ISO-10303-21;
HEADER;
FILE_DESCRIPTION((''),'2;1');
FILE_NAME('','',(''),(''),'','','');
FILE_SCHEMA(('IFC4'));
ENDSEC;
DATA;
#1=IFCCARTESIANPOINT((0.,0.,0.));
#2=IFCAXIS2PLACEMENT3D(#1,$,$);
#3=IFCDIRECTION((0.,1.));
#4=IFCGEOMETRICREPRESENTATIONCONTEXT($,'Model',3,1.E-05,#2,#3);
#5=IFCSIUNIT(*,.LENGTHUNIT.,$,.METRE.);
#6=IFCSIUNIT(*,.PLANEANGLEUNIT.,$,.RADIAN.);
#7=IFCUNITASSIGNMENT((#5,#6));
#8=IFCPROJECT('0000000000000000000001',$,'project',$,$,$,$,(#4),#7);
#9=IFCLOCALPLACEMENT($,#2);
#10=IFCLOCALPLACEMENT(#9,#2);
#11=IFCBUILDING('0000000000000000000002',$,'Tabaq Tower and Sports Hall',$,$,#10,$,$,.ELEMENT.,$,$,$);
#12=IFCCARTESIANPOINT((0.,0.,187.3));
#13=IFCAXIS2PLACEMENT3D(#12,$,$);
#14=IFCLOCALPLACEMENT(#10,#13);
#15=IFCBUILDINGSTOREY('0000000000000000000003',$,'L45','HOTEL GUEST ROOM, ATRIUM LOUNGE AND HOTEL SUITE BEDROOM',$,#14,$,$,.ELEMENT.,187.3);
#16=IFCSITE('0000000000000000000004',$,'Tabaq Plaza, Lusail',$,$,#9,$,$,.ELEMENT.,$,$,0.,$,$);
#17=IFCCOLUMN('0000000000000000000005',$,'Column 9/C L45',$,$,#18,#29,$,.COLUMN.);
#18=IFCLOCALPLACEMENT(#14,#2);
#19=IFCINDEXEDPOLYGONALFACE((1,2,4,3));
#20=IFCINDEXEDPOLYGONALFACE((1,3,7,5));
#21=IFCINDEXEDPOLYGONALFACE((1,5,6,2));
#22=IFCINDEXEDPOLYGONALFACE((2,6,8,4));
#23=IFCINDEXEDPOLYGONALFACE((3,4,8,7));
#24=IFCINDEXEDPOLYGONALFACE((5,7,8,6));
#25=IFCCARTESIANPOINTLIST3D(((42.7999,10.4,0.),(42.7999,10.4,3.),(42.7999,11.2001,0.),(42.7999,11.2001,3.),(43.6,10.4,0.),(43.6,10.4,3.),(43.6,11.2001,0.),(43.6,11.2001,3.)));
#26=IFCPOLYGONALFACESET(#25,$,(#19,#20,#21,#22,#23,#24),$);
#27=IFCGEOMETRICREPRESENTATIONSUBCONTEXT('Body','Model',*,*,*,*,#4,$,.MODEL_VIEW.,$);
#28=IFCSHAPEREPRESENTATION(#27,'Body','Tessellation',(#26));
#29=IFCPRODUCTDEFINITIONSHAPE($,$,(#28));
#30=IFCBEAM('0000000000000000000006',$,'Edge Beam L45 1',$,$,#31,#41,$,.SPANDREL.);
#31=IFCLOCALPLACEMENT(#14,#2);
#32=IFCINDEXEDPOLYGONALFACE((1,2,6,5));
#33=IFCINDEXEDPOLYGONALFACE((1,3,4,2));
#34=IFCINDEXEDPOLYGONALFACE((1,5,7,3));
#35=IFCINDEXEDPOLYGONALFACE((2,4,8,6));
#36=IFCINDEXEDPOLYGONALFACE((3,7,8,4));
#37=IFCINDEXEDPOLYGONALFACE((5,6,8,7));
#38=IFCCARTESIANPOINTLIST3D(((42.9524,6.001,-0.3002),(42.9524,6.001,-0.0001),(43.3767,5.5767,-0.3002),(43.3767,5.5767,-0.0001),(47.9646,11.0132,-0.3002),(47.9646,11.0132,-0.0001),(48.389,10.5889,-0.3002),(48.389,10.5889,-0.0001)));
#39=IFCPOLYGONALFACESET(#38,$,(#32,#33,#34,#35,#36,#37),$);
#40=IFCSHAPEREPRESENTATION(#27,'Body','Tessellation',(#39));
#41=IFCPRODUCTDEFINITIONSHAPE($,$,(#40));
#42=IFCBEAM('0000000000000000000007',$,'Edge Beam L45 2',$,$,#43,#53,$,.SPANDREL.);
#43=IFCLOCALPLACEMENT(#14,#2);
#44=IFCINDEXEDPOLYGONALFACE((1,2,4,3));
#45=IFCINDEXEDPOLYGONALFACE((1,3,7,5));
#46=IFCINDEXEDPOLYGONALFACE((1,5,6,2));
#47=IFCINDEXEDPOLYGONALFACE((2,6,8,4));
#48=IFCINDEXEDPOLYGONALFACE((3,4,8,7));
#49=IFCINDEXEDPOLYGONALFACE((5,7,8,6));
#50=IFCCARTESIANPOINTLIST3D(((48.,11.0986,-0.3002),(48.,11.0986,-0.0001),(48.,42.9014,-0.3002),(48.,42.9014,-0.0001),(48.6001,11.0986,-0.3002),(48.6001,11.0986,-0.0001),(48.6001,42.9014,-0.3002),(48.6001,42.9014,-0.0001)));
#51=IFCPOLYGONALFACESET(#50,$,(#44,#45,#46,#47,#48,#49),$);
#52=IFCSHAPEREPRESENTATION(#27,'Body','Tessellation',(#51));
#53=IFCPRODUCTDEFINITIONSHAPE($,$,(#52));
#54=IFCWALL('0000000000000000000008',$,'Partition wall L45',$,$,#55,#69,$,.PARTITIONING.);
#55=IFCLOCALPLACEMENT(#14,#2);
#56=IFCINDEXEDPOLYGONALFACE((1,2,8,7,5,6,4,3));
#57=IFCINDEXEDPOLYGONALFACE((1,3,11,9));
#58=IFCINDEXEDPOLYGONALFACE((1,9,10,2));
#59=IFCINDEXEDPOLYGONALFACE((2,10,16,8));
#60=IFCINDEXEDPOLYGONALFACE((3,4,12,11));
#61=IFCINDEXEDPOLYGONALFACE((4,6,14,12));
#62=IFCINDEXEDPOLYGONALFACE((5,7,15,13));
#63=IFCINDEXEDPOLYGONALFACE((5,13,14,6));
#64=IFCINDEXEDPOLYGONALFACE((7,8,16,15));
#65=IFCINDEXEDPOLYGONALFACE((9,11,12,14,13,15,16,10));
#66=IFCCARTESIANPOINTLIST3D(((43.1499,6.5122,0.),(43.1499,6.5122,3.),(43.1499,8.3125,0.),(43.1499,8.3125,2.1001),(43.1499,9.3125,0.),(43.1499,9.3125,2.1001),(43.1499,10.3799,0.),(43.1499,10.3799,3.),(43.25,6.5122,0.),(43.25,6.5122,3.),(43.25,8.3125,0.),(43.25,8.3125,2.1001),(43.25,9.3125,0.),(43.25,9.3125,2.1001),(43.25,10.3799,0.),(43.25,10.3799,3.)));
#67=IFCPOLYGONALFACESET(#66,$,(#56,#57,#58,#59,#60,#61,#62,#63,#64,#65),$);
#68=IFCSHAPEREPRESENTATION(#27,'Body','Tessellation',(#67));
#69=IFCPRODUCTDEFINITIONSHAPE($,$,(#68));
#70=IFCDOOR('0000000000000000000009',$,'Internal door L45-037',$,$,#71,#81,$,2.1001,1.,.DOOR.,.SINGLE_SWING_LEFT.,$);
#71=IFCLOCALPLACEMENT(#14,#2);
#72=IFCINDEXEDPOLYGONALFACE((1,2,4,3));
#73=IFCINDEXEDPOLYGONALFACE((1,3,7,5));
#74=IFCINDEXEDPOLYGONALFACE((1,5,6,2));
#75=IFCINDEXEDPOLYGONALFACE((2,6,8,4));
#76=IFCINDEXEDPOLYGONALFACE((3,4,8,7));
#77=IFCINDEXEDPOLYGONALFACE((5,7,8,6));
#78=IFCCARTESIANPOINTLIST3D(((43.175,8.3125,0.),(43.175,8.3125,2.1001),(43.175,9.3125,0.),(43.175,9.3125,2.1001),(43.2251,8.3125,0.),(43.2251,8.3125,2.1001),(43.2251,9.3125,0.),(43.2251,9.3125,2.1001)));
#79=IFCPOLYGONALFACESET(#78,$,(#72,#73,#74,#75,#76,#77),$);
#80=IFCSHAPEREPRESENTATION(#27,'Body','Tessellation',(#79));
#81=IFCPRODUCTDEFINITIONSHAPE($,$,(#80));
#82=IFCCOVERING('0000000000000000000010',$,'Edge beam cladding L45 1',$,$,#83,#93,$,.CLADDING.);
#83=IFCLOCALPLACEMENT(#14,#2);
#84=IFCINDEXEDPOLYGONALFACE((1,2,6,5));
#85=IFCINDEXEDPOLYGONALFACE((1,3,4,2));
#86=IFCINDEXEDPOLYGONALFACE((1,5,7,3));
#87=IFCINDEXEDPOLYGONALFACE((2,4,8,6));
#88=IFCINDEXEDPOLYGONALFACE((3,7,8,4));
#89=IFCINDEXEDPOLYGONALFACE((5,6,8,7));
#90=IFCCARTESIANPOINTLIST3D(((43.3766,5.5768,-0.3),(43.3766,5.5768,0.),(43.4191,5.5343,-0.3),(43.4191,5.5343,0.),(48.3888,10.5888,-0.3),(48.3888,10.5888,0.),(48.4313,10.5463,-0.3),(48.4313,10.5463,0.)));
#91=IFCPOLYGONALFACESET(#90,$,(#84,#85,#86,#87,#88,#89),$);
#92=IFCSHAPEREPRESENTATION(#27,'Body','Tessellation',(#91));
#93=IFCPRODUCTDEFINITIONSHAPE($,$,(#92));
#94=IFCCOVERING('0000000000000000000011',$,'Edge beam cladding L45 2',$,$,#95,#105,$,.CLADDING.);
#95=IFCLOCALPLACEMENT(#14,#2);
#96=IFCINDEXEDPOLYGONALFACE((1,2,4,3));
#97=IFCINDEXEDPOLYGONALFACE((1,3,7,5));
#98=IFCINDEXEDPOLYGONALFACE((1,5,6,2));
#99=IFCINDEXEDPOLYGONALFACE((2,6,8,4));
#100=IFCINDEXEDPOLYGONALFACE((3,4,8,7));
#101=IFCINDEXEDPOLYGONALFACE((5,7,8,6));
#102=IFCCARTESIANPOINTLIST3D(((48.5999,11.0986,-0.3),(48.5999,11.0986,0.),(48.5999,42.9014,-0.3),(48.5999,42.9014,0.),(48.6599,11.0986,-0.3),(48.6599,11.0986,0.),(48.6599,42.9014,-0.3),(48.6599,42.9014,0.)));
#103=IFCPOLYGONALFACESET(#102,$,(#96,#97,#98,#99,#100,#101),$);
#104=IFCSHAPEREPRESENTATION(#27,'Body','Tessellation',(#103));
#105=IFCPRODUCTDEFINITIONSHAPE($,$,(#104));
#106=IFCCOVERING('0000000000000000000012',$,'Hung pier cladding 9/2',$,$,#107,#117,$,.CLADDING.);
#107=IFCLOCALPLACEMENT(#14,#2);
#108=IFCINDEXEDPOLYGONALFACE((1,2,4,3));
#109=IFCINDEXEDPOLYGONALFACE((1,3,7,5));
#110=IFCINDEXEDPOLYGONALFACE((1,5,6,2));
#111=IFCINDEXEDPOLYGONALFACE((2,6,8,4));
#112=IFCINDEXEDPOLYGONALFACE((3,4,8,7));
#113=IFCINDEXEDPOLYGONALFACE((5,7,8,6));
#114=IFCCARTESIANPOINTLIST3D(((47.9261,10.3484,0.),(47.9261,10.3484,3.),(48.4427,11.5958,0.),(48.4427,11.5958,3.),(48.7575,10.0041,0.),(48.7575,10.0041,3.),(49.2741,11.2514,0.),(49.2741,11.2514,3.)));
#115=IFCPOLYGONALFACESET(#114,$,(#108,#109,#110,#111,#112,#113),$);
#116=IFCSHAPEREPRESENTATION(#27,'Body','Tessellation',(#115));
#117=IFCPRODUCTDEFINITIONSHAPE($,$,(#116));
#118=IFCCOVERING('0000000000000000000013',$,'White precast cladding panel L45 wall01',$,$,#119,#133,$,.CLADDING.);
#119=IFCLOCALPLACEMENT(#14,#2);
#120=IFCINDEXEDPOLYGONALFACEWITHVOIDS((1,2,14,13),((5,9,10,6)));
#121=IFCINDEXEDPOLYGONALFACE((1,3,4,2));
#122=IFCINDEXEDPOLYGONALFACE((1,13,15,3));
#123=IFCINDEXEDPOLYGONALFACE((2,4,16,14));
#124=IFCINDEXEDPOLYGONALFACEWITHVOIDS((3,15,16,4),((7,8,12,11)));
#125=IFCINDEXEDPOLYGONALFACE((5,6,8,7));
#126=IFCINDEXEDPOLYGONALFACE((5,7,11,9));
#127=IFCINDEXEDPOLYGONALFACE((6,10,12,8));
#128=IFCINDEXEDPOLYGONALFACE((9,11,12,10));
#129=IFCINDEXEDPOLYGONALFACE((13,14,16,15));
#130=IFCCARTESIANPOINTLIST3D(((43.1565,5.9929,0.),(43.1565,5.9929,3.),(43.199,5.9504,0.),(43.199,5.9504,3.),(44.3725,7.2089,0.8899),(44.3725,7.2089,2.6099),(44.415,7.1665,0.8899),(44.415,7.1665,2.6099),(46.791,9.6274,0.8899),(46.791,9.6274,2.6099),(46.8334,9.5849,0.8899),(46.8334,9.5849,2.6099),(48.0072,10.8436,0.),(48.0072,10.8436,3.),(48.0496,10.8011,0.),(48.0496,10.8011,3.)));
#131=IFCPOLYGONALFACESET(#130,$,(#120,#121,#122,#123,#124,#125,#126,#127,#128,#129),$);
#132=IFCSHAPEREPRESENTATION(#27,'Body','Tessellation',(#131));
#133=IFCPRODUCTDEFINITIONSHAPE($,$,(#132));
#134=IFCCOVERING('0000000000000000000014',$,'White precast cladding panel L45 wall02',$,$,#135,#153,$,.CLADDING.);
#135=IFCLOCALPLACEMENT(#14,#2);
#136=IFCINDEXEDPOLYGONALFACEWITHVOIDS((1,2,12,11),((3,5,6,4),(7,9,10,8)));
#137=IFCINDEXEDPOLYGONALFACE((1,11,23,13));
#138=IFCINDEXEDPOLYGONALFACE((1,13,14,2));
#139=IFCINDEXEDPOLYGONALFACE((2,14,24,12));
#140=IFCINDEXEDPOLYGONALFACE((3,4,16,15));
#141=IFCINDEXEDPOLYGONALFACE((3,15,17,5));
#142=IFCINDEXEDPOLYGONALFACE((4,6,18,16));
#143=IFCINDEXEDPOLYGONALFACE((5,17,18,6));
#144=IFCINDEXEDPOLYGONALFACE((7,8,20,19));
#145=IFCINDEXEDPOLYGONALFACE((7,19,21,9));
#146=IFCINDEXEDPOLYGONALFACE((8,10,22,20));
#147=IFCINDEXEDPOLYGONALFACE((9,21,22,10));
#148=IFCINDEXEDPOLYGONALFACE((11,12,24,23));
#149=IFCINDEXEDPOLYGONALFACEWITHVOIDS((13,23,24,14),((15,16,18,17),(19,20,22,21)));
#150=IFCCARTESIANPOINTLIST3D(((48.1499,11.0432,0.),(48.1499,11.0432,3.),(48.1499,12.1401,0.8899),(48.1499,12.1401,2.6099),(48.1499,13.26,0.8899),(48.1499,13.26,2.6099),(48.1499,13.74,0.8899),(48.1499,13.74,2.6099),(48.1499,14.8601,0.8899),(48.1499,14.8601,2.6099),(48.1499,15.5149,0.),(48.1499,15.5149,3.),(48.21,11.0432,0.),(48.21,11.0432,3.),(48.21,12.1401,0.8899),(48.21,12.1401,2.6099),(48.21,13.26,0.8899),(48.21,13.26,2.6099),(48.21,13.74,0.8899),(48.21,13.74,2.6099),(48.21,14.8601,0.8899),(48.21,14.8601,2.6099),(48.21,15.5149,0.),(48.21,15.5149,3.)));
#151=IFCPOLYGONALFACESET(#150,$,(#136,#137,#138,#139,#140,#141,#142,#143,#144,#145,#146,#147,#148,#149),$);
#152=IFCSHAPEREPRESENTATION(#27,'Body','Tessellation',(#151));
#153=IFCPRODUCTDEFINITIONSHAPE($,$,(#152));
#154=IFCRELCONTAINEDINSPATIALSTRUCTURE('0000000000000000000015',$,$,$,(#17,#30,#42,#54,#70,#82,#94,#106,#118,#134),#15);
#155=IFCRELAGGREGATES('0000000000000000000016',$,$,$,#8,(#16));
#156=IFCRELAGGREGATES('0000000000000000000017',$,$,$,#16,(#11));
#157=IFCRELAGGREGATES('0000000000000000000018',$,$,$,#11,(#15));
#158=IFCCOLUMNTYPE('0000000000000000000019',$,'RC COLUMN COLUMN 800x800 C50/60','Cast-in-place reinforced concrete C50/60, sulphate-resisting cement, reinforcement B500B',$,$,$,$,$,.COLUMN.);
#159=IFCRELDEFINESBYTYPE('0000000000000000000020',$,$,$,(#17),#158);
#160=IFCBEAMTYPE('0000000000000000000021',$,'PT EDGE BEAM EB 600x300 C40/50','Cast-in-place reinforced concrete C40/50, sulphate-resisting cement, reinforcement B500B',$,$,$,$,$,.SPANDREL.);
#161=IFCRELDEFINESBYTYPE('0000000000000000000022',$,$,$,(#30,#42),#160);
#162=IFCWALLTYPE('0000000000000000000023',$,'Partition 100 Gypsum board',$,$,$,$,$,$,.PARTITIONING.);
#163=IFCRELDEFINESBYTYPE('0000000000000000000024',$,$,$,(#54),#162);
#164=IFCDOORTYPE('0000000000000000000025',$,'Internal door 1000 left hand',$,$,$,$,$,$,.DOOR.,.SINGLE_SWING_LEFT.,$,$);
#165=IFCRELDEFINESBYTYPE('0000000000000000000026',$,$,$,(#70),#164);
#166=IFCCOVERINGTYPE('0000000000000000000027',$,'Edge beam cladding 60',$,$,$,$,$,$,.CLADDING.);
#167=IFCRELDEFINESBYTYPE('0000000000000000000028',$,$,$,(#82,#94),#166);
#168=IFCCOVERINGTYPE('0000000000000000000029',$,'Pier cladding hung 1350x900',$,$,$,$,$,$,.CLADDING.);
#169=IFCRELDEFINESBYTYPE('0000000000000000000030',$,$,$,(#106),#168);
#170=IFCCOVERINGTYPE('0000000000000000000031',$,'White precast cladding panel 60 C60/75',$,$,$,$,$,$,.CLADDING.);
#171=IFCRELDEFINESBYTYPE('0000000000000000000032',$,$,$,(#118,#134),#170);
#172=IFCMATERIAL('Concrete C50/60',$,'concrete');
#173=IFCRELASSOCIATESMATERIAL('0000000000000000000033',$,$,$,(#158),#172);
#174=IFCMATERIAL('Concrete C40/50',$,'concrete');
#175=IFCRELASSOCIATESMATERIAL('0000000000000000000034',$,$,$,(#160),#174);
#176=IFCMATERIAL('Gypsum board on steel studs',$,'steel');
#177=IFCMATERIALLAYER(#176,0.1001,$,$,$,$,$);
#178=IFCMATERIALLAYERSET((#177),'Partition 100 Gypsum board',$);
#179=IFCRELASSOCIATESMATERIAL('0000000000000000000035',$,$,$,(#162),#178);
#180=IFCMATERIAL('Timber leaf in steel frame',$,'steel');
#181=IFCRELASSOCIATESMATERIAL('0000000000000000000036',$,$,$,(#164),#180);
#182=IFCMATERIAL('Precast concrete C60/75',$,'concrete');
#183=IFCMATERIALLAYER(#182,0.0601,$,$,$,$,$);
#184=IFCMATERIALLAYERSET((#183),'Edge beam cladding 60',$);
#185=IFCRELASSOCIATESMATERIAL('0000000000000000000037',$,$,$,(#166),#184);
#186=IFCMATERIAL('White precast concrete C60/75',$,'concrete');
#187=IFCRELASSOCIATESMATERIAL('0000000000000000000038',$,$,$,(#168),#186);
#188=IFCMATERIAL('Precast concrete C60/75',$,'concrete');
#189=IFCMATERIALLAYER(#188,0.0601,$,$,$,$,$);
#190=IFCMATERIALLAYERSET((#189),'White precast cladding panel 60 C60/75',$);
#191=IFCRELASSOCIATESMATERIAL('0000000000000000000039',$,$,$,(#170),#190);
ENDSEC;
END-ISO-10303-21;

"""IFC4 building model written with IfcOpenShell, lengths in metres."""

from ifc_helpers import new_model, si_unit, direction, frame, frame_2d, origin, origin_2d, place, context, subcontext, project, spatial, polyline, rectangle, outline, extrude, material, layer, layer_set, material_profile, profile_set, type_object, element, fill, save


model = new_model("IFC4")

# Units and contexts
model_context = context("Model", 3, precision=1e-05, world=origin(), true_north=direction((0.0, 1.0)))
body_context = subcontext(model_context, "Body", "Model", "MODEL_VIEW")
ifc_project = project(units=[si_unit("LENGTHUNIT", "METRE"), si_unit("PLANEANGLEUNIT", "RADIAN")], contexts=[model_context])

# Site, building, storey
site_placement = place(None, origin())
site = spatial("IfcSite", under=ifc_project, at=site_placement, Name="Tabaq Plaza, Lusail", CompositionType="ELEMENT", RefElevation=0.0)
building_placement = place(site_placement, origin())
building = spatial("IfcBuilding", under=site, at=building_placement, Name="Tabaq Tower and Sports Hall", CompositionType="ELEMENT")
storey_placement = place(building_placement, frame((0.0, 0.0, 187.3)))
storey = spatial("IfcBuildingStorey", under=building, at=storey_placement, Name="L45", Description="HOTEL GUEST ROOM, ATRIUM LOUNGE AND HOTEL SUITE BEDROOM", CompositionType="ELEMENT", Elevation=187.3)

# Column
ifc_material_1 = material(Name="Concrete C50/60", Category="concrete")
ifc_material_profile_1 = material_profile(ifc_material_1, rectangle(XDim=0.8, YDim=0.8, at=origin_2d()), Name="COLUMN 800x800")
ifc_profile_set_1 = profile_set([ifc_material_profile_1], Name="Concrete C50/60")
column_type = type_object("IfcColumnType", Name="RC COLUMN COLUMN 800x800 C50/60", Description="Cast-in-place reinforced concrete C50/60, sulphate-resisting cement, reinforcement B500B", PredefinedType="COLUMN", material=ifc_profile_set_1)
column_placement = place(storey_placement, frame((43.2, 10.8, 0.0), z_axis=(0.0, 0.0, 1.0), x_axis=(1.0, 0.0, 0.0)))
element("IfcColumn", 1, at=column_placement, inside=storey, type_object=column_type, Name="Column 9/C L45", PredefinedType="COLUMN", context=body_context, shape_type="SweptSolid", body=[
    extrude(rectangle(XDim=0.8, YDim=0.8, at=origin_2d()), origin(), (0.0, 0.0, 1.0), 3.0),
])

# Beams
ifc_material_2 = material(Name="Concrete C40/50", Category="concrete")
ifc_material_profile_2 = material_profile(ifc_material_2, rectangle(XDim=0.6001, YDim=0.3, at=origin_2d()), Name="EB 600x300")
ifc_profile_set_2 = profile_set([ifc_material_profile_2], Name="Concrete C40/50")
beam_type = type_object("IfcBeamType", Name="PT EDGE BEAM EB 600x300 C40/50", Description="Cast-in-place reinforced concrete C40/50, sulphate-resisting cement, reinforcement B500B", PredefinedType="SPANDREL", material=ifc_profile_set_2)
beam_1_placement = place(storey_placement, frame((43.1646, 5.7888, -0.1501), z_axis=(0.707107, 0.707107, 0.0), x_axis=(-0.707107, 0.707107, 0.0)))
element("IfcBeam", 2, at=beam_1_placement, inside=storey, type_object=beam_type, Name="Edge Beam L45 1", PredefinedType="SPANDREL", context=body_context, shape_type="SweptSolid", body=[
    extrude(rectangle(XDim=0.6001, YDim=0.3, at=origin_2d()), origin(), (0.0, 0.0, 1.0), 7.0884),
])
beam_2_placement = place(storey_placement, frame((48.3, 11.0986, -0.1501), z_axis=(0.0, 1.0, 0.0), x_axis=(-1.0, 0.0, 0.0)))
element("IfcBeam", 3, at=beam_2_placement, inside=storey, type_object=beam_type, Name="Edge Beam L45 2", PredefinedType="SPANDREL", context=body_context, shape_type="SweptSolid", body=[
    extrude(rectangle(XDim=0.6001, YDim=0.3, at=origin_2d()), origin(), (0.0, 0.0, 1.0), 31.8027),
])

# Wall, opening, door
ifc_material_3 = material(Name="Gypsum board on steel studs", Category="steel")
ifc_layer_1 = layer(ifc_material_3, 0.1001)
ifc_layer_set_1 = layer_set([ifc_layer_1], Name="Partition 100 Gypsum board")
wall_type_1 = type_object("IfcWallType", Name="Partition 100 Gypsum board", PredefinedType="PARTITIONING", material=ifc_layer_set_1)
wall_1_placement = place(storey_placement, frame((43.2, 6.5122, 0.0), z_axis=(0.0, 0.0, 1.0), x_axis=(0.0, 1.0, 0.0)))
wall_1 = element("IfcWall", 4, at=wall_1_placement, inside=storey, type_object=wall_type_1, Name="Partition wall L45", PredefinedType="PARTITIONING", context=body_context, shape_type="SweptSolid", body=[
    extrude(rectangle(XDim=3.8677, YDim=0.1001, at=frame_2d((1.9338, 0.0))), origin(), (0.0, 0.0, 1.0), 3.0),
])
opening_1_placement = place(wall_1_placement, frame((1.8003, 0.0, 0.0)))
opening_1 = element("IfcOpeningElement", 5, at=opening_1_placement, cuts=wall_1, PredefinedType="OPENING", context=body_context, shape_type="SweptSolid", body=[
    extrude(rectangle(XDim=1.0, YDim=2.1001, at=frame_2d((0.5, 1.05))), frame((0.0, 0.05, 0.0), z_axis=(0.0, -1.0, 0.0), x_axis=(1.0, 0.0, 0.0)), (0.0, 0.0, 1.0), 0.1001),
])
ifc_material_4 = material(Name="Timber leaf in steel frame", Category="steel")
door_type = type_object("IfcDoorType", Name="Internal door 1000 left hand", OperationType="SINGLE_SWING_LEFT", PredefinedType="DOOR", material=ifc_material_4)
door_placement = place(opening_1_placement, origin())
door = element("IfcDoor", 6, at=door_placement, inside=storey, type_object=door_type, Name="Internal door L45-037", OperationType="SINGLE_SWING_LEFT", OverallHeight=2.1001, OverallWidth=1.0, PredefinedType="DOOR", context=body_context, shape_type="SweptSolid", body=[
    extrude(rectangle(XDim=1.0, YDim=2.1001, at=frame_2d((0.5, 1.05))), frame((0.0, 0.0249, 0.0), z_axis=(0.0, -1.0, 0.0), x_axis=(1.0, 0.0, 0.0)), (0.0, 0.0, 1.0), 0.05),
])
fill(opening_1, door)

# Coverings
ifc_material_5 = material(Name="Precast concrete C60/75", Category="concrete")
ifc_layer_2 = layer(ifc_material_5, 0.0601)
ifc_layer_set_2 = layer_set([ifc_layer_2], Name="Edge beam cladding 60")
covering_type_1 = type_object("IfcCoveringType", Name="Edge beam cladding 60", PredefinedType="CLADDING", material=ifc_layer_set_2)
covering_1_placement = place(storey_placement, frame((43.3979, 5.5557, -0.3), z_axis=(0.0, 0.0, 1.0), x_axis=(0.707124, 0.70709, 0.0)))
element("IfcCovering", 7, at=covering_1_placement, inside=storey, type_object=covering_type_1, Name="Edge beam cladding L45 1", PredefinedType="CLADDING", context=body_context, shape_type="SweptSolid", body=[
    extrude(rectangle(XDim=7.0881, YDim=0.0601, at=frame_2d((3.5439, 0.0))), origin(), (0.0, 0.0, 1.0), 0.3),
])
covering_2_placement = place(storey_placement, frame((48.6299, 11.0986, -0.3), z_axis=(0.0, 0.0, 1.0), x_axis=(0.0, 1.0, 0.0)))
element("IfcCovering", 8, at=covering_2_placement, inside=storey, type_object=covering_type_1, Name="Edge beam cladding L45 2", PredefinedType="CLADDING", context=body_context, shape_type="SweptSolid", body=[
    extrude(rectangle(XDim=31.8027, YDim=0.0601, at=frame_2d((15.9014, 0.0))), origin(), (0.0, 0.0, 1.0), 0.3),
])
ifc_material_6 = material(Name="White precast concrete C60/75", Category="concrete")
covering_type_2 = type_object("IfcCoveringType", Name="Pier cladding hung 1350x900", PredefinedType="CLADDING", material=ifc_material_6)
covering_3_placement = place(storey_placement, frame((48.3418, 10.1763, 0.0), z_axis=(0.0, 0.0, 1.0), x_axis=(0.38265, 0.923893, 0.0)))
element("IfcCovering", 9, at=covering_3_placement, inside=storey, type_object=covering_type_2, Name="Hung pier cladding 9/2", PredefinedType="CLADDING", context=body_context, shape_type="SweptSolid", body=[
    extrude(rectangle(XDim=1.3501, YDim=0.8999, at=frame_2d((0.675, 0.0))), origin(), (0.0, 0.0, 1.0), 3.0),
])
ifc_material_7 = material(Name="Precast concrete C60/75", Category="concrete")
ifc_layer_3 = layer(ifc_material_7, 0.0601)
ifc_layer_set_3 = layer_set([ifc_layer_3], Name="White precast cladding panel 60 C60/75")
covering_type_3 = type_object("IfcCoveringType", Name="White precast cladding panel 60 C60/75", PredefinedType="CLADDING", material=ifc_layer_set_3)
covering_4_placement = place(storey_placement, frame((43.1777, 5.9717, 0.0), z_axis=(0.0, 0.0, 1.0), x_axis=(0.707107, 0.707107, 0.0)))
element("IfcCovering", 10, at=covering_4_placement, inside=storey, type_object=covering_type_3, Name="White precast cladding panel L45 wall01", PredefinedType="CLADDING", context=body_context, shape_type="SweptSolid", body=[
    extrude(outline(polyline([(0.0, 0.0), (6.8599, 0.0), (6.8599, 3.0), (0.0, 3.0), (0.0, 0.0)]), holes=[polyline([(1.7197, 0.8899), (1.7197, 2.6099), (5.1399, 2.6099), (5.1399, 0.8899), (1.7197, 0.8899)])]), frame((0.0, 0.03, 0.0), z_axis=(0.0, -1.0, 0.0), x_axis=(1.0, 0.0, 0.0)), (0.0, 0.0, 1.0), 0.0601),
])
covering_5_placement = place(storey_placement, frame((48.1799, 11.0432, 0.0), z_axis=(0.0, 0.0, 1.0), x_axis=(0.0, 1.0, 0.0)))
element("IfcCovering", 11, at=covering_5_placement, inside=storey, type_object=covering_type_3, Name="White precast cladding panel L45 wall02", PredefinedType="CLADDING", context=body_context, shape_type="SweptSolid", body=[
    extrude(outline(polyline([(0.0, 0.0), (4.4717, 0.0), (4.4717, 3.0), (0.0, 3.0), (0.0, 0.0)]), holes=[polyline([(1.0969, 2.6099), (2.2168, 2.6099), (2.2168, 0.8899), (1.0969, 0.8899), (1.0969, 2.6099)]), polyline([(2.6968, 2.6099), (3.8169, 2.6099), (3.8169, 0.8899), (2.6968, 0.8899), (2.6968, 2.6099)])]), frame((0.0, 0.03, 0.0), z_axis=(0.0, -1.0, 0.0), x_axis=(1.0, 0.0, 0.0)), (0.0, 0.0, 1.0), 0.0601),
])

save(model, "model.ifc")
